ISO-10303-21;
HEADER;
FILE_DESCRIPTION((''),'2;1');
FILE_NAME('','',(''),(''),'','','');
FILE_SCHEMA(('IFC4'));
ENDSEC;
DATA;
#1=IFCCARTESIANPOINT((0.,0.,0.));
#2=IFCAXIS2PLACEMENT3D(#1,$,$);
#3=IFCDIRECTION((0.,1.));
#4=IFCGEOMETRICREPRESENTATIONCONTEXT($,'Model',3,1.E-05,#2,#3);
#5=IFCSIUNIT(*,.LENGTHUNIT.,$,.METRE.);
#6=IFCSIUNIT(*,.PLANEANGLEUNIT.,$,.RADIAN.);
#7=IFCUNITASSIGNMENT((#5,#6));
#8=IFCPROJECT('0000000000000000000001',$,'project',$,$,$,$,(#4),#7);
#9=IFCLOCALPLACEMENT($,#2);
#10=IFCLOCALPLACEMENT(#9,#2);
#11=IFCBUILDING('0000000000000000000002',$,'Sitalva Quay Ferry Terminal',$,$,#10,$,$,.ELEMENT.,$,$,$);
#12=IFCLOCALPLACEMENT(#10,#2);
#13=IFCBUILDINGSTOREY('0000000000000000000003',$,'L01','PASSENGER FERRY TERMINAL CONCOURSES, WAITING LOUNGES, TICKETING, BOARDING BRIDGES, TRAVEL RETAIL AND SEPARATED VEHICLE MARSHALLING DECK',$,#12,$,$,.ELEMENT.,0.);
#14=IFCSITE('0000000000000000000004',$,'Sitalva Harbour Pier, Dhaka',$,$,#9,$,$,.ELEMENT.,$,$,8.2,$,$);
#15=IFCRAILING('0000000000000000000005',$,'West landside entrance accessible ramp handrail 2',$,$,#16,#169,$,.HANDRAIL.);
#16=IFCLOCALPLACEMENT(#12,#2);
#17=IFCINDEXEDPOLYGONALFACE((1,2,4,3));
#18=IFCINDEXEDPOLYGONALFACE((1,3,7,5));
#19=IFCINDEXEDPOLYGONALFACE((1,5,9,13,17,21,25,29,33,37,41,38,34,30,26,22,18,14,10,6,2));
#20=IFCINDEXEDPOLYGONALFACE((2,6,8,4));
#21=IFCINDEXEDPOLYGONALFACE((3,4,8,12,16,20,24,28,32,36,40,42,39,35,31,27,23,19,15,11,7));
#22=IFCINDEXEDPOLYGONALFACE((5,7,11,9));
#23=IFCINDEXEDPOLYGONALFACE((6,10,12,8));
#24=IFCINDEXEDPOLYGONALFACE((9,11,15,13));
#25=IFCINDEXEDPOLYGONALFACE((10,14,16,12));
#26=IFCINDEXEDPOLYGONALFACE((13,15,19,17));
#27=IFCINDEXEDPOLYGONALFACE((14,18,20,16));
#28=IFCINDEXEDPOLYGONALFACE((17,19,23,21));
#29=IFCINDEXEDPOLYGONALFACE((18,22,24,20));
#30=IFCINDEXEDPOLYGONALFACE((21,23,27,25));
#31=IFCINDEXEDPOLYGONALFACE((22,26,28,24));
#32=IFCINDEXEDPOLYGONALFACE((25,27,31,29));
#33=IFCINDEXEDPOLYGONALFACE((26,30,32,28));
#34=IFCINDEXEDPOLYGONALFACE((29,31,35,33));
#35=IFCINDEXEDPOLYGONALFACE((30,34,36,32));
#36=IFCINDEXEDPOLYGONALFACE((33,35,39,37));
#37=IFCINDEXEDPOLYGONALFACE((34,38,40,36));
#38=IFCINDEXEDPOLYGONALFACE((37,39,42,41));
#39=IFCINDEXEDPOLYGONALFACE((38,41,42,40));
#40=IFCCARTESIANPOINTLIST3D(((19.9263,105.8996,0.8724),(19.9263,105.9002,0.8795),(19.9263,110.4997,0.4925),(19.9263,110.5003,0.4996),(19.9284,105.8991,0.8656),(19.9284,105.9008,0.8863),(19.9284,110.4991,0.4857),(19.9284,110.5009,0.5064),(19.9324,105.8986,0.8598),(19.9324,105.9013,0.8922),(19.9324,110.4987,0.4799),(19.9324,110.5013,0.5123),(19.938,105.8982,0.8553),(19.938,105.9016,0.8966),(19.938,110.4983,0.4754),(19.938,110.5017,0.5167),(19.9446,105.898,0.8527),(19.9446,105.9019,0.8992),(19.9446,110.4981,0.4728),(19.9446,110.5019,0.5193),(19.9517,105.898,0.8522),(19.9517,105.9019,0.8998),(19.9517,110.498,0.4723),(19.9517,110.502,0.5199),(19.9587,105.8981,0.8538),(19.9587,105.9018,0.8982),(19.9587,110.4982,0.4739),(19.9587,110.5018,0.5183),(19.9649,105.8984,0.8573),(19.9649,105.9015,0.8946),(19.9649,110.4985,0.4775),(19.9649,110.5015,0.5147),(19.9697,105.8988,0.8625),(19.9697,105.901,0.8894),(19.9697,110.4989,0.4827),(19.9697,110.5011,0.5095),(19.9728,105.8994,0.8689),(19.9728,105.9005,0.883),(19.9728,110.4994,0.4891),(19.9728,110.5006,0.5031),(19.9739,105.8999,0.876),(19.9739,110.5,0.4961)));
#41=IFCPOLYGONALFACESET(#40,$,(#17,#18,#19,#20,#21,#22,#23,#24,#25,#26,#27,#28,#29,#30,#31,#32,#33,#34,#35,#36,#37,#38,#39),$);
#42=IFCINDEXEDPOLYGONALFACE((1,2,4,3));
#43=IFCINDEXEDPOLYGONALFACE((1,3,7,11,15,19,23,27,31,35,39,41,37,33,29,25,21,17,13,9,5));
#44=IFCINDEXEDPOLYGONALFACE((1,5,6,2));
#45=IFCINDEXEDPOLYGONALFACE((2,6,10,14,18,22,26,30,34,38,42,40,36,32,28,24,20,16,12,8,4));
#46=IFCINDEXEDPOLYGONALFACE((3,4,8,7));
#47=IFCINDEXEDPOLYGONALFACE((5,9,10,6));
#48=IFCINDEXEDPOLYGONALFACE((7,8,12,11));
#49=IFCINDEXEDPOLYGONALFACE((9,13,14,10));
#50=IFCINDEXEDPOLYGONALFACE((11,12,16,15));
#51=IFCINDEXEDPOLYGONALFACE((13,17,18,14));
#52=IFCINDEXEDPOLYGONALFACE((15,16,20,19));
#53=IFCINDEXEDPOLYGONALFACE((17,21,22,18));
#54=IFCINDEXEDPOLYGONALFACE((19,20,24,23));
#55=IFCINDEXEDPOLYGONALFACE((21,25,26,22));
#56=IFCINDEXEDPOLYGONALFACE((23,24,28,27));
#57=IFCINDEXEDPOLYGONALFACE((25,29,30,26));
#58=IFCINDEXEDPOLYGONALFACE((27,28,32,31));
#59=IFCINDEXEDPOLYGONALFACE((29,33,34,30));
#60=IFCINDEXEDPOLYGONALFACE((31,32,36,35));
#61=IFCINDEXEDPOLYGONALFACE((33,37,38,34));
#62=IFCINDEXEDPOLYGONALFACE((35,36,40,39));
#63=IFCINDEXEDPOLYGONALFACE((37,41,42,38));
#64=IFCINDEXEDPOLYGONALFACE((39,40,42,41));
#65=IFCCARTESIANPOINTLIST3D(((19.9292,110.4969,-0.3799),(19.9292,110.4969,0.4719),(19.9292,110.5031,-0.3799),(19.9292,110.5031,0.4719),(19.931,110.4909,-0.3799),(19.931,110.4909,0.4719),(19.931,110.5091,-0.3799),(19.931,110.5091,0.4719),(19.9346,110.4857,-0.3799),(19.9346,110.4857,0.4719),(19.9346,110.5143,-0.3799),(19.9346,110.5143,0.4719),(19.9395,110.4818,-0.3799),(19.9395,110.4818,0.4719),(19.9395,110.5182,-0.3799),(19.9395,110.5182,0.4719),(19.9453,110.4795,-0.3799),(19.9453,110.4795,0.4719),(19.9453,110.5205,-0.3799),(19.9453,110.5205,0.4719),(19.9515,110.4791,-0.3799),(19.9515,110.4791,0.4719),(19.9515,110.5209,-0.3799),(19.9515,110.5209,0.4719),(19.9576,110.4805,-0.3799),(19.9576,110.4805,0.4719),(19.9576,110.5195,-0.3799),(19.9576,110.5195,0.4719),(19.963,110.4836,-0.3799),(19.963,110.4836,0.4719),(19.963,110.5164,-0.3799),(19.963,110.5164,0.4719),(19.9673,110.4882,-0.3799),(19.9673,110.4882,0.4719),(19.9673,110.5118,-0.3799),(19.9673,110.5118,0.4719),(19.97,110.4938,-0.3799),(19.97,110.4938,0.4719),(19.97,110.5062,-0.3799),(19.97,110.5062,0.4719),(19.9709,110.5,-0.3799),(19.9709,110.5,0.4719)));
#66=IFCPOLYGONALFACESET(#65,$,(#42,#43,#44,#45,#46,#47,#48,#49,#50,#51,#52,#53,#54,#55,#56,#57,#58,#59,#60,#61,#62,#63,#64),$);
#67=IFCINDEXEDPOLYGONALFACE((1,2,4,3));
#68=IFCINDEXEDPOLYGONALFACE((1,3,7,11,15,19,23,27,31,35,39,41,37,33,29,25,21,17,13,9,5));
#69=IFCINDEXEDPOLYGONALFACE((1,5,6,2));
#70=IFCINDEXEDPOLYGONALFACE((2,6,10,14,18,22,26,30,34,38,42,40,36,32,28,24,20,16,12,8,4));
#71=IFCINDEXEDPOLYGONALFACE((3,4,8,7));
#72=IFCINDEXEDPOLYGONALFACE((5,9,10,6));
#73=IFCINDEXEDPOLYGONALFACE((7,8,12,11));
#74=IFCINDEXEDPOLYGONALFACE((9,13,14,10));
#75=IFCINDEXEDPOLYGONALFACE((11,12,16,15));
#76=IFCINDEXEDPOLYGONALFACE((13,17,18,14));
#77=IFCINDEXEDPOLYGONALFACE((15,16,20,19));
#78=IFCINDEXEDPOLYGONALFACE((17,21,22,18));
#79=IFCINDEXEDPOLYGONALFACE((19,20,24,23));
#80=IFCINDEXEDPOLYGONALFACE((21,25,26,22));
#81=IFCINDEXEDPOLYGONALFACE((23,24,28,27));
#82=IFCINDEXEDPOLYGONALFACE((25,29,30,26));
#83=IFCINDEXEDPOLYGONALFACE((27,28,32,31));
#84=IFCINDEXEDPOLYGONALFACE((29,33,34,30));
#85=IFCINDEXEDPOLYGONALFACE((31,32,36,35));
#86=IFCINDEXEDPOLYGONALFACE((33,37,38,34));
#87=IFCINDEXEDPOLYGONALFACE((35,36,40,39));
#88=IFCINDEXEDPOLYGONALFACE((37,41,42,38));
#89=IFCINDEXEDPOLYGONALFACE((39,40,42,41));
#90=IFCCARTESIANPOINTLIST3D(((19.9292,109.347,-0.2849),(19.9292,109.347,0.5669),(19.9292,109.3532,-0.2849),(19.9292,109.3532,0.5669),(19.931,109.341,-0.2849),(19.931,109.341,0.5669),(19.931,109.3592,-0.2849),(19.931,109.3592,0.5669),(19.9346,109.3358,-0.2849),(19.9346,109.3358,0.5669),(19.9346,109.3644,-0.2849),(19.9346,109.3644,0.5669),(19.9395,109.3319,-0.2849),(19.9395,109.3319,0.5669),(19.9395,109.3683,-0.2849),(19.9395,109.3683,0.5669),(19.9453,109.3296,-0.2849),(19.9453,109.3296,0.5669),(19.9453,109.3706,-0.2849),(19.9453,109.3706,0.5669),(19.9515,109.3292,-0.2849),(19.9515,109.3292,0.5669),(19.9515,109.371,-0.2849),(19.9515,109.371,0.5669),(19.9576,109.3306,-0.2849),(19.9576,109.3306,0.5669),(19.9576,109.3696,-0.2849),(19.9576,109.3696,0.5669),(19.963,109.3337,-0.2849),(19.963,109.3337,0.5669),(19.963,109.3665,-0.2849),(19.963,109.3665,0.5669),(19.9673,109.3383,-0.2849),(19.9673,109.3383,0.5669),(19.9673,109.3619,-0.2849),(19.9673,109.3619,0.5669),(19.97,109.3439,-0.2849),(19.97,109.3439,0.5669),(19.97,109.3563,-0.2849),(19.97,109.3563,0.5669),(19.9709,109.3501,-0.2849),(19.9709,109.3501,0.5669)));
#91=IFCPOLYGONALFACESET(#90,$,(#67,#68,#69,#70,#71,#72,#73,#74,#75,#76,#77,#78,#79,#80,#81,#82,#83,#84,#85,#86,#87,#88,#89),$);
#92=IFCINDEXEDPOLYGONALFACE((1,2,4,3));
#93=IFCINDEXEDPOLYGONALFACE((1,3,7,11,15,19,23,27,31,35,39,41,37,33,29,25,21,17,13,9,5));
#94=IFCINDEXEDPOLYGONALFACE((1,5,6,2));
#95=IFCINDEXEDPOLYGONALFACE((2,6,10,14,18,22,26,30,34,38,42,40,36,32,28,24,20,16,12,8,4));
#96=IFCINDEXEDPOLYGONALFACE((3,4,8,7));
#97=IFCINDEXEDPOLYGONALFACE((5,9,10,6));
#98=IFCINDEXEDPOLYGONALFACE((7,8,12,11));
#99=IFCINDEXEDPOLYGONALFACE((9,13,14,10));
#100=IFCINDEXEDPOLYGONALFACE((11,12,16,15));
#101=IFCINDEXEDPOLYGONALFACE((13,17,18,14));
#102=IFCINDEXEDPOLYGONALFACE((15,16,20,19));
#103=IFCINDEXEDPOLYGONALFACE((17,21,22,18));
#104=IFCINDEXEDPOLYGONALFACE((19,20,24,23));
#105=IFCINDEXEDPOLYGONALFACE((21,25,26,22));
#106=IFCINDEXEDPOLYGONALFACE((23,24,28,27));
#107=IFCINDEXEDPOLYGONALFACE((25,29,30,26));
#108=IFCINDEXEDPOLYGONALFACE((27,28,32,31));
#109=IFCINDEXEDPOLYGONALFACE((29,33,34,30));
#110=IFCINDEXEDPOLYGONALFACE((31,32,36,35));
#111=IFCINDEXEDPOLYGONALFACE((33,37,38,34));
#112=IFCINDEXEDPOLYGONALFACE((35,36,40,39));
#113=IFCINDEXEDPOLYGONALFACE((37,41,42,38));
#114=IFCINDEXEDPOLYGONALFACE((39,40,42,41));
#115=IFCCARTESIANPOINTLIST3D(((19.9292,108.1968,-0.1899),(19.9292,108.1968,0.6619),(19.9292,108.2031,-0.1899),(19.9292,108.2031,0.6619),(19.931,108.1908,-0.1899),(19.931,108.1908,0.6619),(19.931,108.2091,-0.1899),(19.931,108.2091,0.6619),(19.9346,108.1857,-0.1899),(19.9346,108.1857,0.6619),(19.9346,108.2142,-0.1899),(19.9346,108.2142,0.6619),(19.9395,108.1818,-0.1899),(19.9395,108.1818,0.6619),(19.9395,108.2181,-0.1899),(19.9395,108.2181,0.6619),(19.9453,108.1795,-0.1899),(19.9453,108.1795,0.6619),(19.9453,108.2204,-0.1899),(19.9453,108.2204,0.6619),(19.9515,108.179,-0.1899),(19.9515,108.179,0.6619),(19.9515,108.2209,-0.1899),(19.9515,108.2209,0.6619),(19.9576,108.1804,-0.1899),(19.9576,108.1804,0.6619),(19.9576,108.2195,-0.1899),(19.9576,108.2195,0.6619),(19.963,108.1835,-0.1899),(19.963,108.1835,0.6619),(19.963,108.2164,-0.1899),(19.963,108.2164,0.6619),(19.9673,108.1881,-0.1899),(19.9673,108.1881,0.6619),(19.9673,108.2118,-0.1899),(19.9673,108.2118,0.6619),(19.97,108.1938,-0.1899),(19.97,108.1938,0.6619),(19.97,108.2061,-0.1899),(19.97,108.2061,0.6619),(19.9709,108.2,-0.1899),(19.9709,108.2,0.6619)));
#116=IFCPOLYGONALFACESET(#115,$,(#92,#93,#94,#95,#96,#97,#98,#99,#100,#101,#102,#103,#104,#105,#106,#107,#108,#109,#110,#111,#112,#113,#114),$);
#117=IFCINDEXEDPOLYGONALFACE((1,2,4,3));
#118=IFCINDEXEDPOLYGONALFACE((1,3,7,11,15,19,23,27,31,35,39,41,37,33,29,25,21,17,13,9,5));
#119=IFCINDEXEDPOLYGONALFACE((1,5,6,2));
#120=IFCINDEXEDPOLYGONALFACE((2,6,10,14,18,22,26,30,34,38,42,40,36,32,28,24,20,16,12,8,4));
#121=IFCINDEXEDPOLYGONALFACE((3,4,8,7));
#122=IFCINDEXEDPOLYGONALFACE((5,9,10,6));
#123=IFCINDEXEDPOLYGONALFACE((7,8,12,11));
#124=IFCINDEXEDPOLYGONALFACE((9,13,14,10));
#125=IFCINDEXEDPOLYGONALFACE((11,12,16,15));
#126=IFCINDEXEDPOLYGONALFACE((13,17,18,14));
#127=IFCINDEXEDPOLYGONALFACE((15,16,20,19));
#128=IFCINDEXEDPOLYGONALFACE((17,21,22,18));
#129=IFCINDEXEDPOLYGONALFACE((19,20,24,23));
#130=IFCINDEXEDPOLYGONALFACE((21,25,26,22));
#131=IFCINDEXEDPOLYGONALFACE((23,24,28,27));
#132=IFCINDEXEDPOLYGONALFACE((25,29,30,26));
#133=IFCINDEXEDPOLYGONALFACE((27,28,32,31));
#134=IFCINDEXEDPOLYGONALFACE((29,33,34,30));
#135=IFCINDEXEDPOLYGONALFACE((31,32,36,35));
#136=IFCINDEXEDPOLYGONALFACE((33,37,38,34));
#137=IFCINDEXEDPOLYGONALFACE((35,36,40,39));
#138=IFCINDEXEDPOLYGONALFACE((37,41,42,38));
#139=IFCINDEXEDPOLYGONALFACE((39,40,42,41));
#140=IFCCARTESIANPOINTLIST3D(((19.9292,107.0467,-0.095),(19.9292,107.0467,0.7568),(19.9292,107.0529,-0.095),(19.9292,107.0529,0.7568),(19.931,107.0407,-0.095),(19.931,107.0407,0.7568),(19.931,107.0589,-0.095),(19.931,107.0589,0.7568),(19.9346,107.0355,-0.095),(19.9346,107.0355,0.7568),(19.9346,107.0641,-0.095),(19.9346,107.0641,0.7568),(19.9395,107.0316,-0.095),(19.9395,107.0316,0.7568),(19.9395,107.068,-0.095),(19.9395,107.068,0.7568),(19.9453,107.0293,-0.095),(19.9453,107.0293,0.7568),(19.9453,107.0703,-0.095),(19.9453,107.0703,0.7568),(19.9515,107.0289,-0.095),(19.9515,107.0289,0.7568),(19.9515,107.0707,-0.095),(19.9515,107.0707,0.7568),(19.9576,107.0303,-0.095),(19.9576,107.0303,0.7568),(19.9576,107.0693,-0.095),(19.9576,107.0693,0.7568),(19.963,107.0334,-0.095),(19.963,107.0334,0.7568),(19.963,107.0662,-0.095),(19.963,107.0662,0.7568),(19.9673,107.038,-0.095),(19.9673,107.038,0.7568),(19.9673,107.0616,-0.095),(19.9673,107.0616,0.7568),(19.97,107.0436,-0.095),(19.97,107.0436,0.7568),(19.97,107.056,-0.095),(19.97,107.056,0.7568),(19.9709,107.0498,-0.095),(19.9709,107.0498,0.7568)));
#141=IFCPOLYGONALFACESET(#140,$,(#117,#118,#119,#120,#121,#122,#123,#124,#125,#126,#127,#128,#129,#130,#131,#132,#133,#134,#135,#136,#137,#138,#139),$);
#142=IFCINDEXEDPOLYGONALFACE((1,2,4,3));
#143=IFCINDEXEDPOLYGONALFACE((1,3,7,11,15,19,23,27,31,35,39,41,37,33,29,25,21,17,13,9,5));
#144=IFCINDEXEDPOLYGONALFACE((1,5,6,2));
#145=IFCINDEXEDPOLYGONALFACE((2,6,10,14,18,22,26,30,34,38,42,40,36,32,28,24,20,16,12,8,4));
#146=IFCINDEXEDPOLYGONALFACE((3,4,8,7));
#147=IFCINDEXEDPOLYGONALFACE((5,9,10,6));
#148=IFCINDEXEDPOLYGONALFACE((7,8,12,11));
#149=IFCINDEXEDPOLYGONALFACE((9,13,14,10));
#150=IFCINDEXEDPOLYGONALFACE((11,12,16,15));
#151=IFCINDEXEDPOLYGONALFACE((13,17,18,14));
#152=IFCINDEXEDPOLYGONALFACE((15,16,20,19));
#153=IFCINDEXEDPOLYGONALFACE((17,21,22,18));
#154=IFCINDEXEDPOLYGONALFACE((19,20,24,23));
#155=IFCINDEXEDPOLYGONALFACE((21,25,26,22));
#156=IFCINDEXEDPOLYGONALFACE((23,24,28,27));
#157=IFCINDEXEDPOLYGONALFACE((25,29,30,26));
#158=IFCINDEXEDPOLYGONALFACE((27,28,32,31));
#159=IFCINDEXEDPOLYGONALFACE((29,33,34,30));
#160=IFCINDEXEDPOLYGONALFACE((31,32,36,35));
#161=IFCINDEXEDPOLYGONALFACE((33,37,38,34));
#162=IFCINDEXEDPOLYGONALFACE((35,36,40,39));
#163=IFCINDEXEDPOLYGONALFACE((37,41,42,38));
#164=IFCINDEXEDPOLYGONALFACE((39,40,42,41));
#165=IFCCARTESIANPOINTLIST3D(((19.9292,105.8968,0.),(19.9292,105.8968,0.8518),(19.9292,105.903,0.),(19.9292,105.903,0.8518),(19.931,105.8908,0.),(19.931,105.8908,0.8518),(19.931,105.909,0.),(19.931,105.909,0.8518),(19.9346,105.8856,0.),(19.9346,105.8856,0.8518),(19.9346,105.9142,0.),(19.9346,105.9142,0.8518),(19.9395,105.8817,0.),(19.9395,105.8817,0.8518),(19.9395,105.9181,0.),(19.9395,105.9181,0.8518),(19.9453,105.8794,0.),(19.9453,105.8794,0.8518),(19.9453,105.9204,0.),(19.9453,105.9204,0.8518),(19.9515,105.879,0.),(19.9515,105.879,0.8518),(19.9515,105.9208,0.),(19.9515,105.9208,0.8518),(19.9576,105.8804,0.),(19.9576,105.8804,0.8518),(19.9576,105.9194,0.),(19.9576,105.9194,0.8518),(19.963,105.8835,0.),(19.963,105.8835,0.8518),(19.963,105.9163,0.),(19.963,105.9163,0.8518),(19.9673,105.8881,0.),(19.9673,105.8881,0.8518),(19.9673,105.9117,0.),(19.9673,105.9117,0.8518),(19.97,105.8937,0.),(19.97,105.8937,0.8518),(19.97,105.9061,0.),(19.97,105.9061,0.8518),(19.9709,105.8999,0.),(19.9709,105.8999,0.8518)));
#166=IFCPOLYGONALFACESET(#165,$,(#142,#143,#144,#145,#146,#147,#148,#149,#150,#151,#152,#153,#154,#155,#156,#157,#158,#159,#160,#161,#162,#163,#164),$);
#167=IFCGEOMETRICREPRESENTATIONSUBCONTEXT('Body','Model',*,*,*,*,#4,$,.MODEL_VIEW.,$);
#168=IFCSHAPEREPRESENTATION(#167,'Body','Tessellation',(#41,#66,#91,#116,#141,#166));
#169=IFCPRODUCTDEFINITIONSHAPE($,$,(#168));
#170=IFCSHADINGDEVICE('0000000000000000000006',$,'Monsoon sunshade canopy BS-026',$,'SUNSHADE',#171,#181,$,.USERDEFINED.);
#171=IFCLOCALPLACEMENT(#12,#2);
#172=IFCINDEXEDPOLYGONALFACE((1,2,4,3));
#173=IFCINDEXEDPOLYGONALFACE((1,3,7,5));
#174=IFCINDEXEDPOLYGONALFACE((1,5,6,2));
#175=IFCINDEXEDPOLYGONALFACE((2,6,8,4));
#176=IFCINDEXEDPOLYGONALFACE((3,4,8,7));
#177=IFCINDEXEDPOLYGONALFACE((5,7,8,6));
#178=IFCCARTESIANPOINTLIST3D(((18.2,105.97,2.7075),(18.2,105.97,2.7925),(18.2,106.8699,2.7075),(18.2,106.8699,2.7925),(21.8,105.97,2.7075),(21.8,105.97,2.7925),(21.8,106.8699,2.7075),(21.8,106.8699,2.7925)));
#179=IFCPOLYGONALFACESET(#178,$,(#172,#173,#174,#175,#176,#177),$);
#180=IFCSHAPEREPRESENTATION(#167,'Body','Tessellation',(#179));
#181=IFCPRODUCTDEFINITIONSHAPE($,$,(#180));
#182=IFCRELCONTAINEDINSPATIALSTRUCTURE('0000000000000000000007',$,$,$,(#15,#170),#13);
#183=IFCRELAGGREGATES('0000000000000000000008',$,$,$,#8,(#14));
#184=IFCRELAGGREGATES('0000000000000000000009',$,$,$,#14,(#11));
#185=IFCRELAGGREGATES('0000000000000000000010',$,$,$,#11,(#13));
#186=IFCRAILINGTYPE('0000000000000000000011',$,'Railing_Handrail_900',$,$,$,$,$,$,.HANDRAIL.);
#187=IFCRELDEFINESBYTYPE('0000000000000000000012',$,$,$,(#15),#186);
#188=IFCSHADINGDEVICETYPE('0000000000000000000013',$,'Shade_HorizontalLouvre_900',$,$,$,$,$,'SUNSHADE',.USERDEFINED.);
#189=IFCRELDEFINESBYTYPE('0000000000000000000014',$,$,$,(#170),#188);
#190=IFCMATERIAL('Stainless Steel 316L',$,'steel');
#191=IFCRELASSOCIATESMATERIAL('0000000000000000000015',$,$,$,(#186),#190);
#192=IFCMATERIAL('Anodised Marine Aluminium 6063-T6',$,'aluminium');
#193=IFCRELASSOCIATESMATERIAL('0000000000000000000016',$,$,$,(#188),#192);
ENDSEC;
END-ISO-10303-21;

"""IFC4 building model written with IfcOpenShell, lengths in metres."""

from ifc_helpers import new_model, si_unit, direction, frame, origin, origin_2d, place, context, subcontext, project, spatial, rectangle, circle, extrude, material, type_object, element, save


model = new_model("IFC4")

# Units and contexts
model_context = context("Model", 3, precision=1e-05, world=origin(), true_north=direction((0.0, 1.0)))
body_context = subcontext(model_context, "Body", "Model", "MODEL_VIEW")
ifc_project = project(units=[si_unit("LENGTHUNIT", "METRE"), si_unit("PLANEANGLEUNIT", "RADIAN")], contexts=[model_context])

# Site, building, storey
site_placement = place(None, origin())
site = spatial("IfcSite", under=ifc_project, at=site_placement, Name="Sitalva Harbour Pier, Dhaka", CompositionType="ELEMENT", RefElevation=8.2)
building_placement = place(site_placement, origin())
building = spatial("IfcBuilding", under=site, at=building_placement, Name="Sitalva Quay Ferry Terminal", CompositionType="ELEMENT")
storey_placement = place(building_placement, origin())
storey = spatial("IfcBuildingStorey", under=building, at=storey_placement, Name="L01", Description="PASSENGER FERRY TERMINAL CONCOURSES, WAITING LOUNGES, TICKETING, BOARDING BRIDGES, TRAVEL RETAIL AND SEPARATED VEHICLE MARSHALLING DECK", CompositionType="ELEMENT", Elevation=0.0)

# Railing
ifc_material_1 = material(Name="Stainless Steel 316L", Category="steel")
railing_type = type_object("IfcRailingType", Name="Railing_Handrail_900", PredefinedType="HANDRAIL", material=ifc_material_1)
for number, where, name in (
    (1, (19.95, 110.5, -0.3799), "West landside entrance accessible ramp handrail 2"),
):
    element("IfcRailing", number, at=place(storey_placement, frame(where)), inside=storey, type_object=railing_type, Name=name, PredefinedType="HANDRAIL", context=body_context, shape_type="SweptSolid", body=[
        extrude(circle(Radius=0.0239, at=origin_2d()), frame((0.0, 0.0, 0.876), z_axis=(0.0, -0.996607, 0.082301), x_axis=(1.0, 0.0, 0.0)), (0.0, 0.0, 1.0), 4.6157),
        extrude(circle(Radius=0.021, at=origin_2d()), origin(), (0.0, 0.0, 1.0), 0.8518),
        extrude(circle(Radius=0.021, at=origin_2d()), frame((0.0, -1.1499, 0.095)), (0.0, 0.0, 1.0), 0.8518),
        extrude(circle(Radius=0.021, at=origin_2d()), frame((0.0, -2.3, 0.1899)), (0.0, 0.0, 1.0), 0.8518),
        extrude(circle(Radius=0.021, at=origin_2d()), frame((0.0, -3.4502, 0.2849)), (0.0, 0.0, 1.0), 0.8518),
        extrude(circle(Radius=0.021, at=origin_2d()), frame((0.0, -4.6001, 0.3799)), (0.0, 0.0, 1.0), 0.8518),
    ])

# Shading device
ifc_material_2 = material(Name="Anodised Marine Aluminium 6063-T6", Category="aluminium")
shading_device_type = type_object("IfcShadingDeviceType", Name="Shade_HorizontalLouvre_900", ElementType="SUNSHADE", PredefinedType="USERDEFINED", material=ifc_material_2)
shading_device_placement = place(storey_placement, frame((20.0, 106.4199, 2.7075), z_axis=(0.0, 0.0, 1.0), x_axis=(1.0, 0.0, 0.0)))
element("IfcShadingDevice", 2, at=shading_device_placement, inside=storey, type_object=shading_device_type, Name="Monsoon sunshade canopy BS-026", ObjectType="SUNSHADE", PredefinedType="USERDEFINED", context=body_context, shape_type="SweptSolid", body=[
    extrude(rectangle(XDim=3.6001, YDim=0.8999, at=origin_2d()), origin(), (0.0, 0.0, 1.0), 0.085),
])

save(model, "model.ifc")
